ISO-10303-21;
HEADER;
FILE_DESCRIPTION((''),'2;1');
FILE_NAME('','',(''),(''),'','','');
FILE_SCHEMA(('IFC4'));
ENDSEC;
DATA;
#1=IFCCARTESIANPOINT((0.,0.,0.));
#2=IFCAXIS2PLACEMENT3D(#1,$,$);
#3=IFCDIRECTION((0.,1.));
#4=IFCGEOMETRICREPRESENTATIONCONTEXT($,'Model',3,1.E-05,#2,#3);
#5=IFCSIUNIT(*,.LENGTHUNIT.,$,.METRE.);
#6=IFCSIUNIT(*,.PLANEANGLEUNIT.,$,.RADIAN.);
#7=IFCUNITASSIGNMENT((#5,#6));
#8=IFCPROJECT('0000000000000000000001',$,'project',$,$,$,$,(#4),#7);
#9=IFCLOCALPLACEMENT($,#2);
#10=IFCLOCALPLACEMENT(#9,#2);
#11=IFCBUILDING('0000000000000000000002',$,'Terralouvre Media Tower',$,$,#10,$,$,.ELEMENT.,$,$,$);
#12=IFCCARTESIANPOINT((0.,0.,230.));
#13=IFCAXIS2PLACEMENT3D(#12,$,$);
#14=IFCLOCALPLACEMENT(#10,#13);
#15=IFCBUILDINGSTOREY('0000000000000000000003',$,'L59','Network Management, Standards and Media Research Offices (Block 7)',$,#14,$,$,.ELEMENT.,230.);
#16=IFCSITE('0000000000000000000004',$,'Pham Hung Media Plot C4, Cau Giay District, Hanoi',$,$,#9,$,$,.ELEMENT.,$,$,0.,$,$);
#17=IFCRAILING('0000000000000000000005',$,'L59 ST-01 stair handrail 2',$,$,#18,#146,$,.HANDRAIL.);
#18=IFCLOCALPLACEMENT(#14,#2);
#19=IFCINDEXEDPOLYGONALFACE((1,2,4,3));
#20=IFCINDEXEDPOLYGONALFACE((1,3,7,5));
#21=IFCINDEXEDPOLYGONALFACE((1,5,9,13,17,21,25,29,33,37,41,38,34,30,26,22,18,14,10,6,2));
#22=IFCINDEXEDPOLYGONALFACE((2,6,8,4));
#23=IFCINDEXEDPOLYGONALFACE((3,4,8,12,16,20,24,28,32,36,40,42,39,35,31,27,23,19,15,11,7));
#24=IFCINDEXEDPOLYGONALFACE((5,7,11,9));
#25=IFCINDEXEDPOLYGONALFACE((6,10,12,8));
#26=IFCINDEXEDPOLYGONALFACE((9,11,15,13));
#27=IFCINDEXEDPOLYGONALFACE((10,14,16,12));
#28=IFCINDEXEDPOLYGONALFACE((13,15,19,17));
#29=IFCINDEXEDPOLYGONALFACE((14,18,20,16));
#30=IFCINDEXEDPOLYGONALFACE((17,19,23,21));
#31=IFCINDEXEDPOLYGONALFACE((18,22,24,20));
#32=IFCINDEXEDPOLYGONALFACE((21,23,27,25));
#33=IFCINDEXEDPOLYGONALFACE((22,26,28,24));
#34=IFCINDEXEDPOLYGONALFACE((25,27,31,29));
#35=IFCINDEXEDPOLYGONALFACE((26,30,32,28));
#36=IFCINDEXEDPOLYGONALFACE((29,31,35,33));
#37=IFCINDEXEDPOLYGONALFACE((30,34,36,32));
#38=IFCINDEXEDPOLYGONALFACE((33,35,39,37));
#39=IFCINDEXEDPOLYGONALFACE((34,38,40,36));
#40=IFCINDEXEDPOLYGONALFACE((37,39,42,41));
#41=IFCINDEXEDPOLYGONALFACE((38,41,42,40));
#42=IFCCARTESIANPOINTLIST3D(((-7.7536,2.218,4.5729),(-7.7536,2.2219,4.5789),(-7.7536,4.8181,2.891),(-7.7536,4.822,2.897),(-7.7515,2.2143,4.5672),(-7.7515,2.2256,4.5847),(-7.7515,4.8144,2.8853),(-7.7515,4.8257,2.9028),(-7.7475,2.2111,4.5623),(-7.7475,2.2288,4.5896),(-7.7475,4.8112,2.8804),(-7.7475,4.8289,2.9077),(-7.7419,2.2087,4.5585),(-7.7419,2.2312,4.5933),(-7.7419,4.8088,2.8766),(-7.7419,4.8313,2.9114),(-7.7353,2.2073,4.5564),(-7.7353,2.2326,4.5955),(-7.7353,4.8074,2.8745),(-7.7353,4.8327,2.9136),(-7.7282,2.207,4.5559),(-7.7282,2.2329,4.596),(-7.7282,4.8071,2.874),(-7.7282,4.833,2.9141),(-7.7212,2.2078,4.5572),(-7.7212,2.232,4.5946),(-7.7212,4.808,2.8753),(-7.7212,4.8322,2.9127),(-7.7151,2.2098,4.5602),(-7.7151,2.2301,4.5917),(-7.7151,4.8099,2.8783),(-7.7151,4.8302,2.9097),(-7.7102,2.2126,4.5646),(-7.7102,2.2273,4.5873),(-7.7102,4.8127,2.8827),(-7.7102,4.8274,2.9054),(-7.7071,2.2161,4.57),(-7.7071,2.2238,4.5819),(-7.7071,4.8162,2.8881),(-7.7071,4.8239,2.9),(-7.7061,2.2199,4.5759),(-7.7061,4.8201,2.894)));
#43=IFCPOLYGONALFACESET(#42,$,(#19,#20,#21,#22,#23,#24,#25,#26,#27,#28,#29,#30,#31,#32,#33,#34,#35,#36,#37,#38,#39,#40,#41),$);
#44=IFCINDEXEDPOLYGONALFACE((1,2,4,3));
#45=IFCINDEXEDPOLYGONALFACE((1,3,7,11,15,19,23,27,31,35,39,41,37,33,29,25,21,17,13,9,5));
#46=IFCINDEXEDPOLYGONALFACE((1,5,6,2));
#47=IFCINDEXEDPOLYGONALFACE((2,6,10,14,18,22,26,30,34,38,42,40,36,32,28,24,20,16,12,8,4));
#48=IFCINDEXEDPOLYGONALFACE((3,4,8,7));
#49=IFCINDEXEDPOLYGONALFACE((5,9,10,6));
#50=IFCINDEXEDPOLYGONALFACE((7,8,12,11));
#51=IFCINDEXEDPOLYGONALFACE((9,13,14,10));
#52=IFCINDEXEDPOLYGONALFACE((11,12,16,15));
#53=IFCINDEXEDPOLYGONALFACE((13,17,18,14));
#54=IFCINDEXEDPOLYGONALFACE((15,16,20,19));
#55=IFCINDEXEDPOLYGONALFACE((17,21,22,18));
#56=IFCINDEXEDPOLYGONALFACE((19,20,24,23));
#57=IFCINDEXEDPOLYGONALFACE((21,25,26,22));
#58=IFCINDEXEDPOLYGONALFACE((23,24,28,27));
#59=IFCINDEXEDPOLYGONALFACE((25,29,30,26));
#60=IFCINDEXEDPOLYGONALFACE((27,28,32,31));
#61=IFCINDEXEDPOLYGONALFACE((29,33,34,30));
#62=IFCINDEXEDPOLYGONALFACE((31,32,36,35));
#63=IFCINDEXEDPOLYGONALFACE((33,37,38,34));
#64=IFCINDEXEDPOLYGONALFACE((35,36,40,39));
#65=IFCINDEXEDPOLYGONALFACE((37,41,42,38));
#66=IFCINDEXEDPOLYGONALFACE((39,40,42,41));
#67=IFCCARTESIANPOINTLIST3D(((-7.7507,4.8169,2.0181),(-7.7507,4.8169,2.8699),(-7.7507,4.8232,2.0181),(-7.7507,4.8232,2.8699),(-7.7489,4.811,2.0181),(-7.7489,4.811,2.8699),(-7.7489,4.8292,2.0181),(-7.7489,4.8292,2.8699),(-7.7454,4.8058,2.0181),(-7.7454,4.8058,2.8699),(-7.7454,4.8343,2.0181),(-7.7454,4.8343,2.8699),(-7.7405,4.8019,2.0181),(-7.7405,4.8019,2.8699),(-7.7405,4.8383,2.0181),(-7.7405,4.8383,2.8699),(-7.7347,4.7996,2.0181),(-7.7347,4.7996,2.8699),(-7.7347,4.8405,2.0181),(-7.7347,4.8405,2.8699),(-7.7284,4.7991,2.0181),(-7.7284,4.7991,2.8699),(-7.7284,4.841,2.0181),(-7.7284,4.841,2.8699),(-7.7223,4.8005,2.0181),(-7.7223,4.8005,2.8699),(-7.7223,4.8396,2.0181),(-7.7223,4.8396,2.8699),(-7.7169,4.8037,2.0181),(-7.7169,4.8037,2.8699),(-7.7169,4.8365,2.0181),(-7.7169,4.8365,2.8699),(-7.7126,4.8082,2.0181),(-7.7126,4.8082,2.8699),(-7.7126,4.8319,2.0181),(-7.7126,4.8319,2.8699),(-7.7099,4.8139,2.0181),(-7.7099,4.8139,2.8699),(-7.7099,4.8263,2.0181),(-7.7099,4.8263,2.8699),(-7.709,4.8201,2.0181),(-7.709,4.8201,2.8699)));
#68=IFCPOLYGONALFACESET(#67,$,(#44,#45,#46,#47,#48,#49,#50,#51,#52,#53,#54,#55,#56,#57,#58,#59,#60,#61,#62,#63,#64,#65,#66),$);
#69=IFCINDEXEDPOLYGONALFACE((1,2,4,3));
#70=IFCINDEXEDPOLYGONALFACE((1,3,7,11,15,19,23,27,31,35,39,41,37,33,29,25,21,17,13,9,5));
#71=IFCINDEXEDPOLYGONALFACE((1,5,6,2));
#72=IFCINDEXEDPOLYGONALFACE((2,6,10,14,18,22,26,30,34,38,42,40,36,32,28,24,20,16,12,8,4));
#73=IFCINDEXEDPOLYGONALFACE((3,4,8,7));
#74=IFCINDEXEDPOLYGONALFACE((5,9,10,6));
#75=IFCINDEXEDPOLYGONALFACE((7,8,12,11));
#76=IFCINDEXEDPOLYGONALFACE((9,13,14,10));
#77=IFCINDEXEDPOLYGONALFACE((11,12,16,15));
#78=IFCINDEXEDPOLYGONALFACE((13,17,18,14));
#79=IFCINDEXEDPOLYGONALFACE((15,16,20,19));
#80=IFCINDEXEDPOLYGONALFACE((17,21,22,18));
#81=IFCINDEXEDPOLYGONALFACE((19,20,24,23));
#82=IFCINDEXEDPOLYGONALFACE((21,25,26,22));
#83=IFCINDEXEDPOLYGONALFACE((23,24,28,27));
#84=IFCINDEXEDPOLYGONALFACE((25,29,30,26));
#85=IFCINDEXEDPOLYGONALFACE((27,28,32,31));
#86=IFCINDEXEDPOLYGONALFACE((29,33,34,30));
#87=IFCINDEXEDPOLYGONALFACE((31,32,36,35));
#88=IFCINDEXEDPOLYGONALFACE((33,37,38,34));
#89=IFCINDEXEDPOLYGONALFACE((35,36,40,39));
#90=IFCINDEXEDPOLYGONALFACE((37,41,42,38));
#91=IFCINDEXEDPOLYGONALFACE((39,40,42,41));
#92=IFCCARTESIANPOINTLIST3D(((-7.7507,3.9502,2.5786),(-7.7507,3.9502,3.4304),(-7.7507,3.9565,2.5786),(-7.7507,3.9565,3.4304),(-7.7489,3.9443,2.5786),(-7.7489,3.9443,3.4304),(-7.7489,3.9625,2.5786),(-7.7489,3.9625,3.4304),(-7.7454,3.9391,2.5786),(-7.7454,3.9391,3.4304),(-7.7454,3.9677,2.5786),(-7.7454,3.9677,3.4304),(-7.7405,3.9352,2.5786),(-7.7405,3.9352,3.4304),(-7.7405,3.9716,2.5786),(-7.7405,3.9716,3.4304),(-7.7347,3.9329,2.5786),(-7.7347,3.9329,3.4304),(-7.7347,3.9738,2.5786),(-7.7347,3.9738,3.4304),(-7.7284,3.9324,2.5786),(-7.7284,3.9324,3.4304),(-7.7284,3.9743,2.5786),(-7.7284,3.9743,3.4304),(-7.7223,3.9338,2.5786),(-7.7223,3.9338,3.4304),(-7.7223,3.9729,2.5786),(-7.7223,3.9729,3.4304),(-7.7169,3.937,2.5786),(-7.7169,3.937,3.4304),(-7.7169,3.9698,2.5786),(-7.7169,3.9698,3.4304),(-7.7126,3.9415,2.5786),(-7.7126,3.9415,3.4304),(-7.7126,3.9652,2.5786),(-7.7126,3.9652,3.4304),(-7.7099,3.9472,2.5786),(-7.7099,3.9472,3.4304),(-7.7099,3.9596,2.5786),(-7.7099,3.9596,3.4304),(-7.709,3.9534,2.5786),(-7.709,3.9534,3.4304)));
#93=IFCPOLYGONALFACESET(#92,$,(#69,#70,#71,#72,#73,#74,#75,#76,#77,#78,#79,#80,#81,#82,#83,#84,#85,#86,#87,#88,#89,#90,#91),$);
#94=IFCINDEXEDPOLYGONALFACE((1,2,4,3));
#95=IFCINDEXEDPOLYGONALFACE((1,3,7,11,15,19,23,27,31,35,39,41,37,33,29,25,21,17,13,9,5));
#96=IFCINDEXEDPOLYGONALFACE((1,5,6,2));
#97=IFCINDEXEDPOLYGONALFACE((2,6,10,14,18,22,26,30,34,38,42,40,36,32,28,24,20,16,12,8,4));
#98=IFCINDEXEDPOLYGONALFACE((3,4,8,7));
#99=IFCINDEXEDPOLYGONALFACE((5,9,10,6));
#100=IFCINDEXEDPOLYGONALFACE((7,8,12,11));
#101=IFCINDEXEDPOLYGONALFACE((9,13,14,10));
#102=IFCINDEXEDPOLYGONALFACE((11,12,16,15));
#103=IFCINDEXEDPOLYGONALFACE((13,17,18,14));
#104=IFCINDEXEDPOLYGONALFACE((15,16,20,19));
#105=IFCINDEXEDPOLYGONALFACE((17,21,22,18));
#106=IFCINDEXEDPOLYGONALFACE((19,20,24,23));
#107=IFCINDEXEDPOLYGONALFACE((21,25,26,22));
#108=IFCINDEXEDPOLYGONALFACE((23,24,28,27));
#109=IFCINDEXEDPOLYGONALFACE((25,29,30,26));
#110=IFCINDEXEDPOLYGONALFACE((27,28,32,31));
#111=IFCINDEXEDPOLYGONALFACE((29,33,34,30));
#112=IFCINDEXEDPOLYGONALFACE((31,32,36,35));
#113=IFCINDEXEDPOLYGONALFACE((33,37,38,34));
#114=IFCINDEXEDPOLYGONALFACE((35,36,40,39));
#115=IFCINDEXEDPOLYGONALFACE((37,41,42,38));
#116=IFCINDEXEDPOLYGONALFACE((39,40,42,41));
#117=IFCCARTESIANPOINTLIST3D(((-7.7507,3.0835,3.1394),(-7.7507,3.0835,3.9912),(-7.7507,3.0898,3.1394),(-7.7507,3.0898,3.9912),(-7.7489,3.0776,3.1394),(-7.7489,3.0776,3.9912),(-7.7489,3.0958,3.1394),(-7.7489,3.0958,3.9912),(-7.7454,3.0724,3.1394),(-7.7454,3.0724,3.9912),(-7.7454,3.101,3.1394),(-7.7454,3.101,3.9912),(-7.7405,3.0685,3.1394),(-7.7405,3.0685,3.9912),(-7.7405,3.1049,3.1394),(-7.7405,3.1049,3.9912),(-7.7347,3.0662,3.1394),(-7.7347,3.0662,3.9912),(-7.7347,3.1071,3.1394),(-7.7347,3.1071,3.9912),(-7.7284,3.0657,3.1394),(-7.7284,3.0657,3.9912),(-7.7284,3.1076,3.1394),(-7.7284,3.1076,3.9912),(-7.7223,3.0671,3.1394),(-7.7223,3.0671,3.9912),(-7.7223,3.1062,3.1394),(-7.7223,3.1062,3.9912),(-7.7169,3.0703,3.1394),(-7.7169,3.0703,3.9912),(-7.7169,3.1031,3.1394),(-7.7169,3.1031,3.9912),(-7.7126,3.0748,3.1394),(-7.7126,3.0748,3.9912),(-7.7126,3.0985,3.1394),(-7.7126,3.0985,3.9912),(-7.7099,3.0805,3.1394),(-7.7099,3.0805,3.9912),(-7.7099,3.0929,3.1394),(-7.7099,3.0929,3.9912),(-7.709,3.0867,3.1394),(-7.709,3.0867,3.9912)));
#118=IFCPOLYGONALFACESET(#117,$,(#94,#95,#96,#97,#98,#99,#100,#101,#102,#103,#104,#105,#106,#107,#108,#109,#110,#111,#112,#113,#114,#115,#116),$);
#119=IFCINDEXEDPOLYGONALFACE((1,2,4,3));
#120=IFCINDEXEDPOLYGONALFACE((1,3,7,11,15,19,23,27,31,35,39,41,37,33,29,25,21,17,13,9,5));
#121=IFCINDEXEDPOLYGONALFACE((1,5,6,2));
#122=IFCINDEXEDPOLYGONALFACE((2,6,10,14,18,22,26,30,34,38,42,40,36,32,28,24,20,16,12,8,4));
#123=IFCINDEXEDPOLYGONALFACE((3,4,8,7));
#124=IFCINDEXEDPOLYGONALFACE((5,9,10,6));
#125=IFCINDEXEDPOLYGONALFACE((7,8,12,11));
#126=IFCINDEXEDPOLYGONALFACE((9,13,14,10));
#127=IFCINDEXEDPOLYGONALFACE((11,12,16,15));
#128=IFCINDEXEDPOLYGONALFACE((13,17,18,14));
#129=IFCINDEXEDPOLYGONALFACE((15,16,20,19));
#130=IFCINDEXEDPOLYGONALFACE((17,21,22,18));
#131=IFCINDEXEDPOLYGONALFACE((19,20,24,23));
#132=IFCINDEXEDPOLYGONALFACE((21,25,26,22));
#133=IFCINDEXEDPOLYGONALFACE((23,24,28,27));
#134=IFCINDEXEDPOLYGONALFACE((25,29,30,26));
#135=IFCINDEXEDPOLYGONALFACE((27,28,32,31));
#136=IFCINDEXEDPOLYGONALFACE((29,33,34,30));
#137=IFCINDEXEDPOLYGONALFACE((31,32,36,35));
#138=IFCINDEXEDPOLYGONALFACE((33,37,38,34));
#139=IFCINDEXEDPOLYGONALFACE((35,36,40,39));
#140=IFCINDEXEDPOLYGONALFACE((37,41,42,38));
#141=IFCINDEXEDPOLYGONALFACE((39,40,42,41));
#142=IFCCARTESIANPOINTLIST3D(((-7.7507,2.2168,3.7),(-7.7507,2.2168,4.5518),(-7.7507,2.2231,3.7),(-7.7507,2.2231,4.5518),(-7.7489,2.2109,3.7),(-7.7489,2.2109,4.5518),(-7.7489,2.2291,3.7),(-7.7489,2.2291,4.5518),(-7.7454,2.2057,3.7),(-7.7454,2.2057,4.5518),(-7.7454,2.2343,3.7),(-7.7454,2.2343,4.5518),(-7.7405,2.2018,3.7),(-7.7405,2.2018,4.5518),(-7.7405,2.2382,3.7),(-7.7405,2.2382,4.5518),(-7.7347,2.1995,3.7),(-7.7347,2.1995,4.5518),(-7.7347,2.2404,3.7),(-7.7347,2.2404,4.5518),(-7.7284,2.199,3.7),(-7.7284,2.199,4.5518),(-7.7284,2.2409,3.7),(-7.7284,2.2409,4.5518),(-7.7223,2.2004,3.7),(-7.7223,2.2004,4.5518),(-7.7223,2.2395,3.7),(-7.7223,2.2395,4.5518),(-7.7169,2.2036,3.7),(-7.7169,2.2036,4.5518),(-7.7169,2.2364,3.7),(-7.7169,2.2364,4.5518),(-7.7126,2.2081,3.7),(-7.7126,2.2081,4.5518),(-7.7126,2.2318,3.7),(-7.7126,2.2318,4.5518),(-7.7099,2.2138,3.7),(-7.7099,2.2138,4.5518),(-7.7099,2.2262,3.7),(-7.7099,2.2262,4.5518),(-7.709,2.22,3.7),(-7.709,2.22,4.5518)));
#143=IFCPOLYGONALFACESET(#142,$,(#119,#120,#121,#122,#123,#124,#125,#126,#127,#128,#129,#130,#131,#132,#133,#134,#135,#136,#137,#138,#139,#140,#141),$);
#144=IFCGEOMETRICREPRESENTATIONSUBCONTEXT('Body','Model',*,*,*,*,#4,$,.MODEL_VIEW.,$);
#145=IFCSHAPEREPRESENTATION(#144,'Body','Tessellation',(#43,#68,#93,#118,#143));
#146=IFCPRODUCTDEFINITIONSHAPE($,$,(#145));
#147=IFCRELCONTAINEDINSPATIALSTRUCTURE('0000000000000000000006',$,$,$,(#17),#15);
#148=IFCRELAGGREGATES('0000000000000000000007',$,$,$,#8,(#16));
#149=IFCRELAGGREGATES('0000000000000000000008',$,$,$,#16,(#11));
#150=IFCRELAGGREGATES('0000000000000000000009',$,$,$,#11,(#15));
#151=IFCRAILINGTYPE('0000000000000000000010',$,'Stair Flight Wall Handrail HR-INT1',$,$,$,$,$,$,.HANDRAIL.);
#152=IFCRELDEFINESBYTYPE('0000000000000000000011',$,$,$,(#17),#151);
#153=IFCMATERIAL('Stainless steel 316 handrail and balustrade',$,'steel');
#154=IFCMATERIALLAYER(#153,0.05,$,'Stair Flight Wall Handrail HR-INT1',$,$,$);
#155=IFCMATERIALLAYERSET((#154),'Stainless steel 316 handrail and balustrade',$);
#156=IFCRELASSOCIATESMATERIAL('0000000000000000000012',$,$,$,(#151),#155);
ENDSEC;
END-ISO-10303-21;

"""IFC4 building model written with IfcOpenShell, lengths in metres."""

from ifc_helpers import new_model, si_unit, direction, frame, origin, origin_2d, place, context, subcontext, project, spatial, circle, extrude, material, layer, layer_set, type_object, element, save


model = new_model("IFC4")

# Units and contexts
model_context = context("Model", 3, precision=1e-05, world=origin(), true_north=direction((0.0, 1.0)))
body_context = subcontext(model_context, "Body", "Model", "MODEL_VIEW")
ifc_project = project(units=[si_unit("LENGTHUNIT", "METRE"), si_unit("PLANEANGLEUNIT", "RADIAN")], contexts=[model_context])

# Site, building, storey
site_placement = place(None, origin())
site = spatial("IfcSite", under=ifc_project, at=site_placement, Name="Pham Hung Media Plot C4, Cau Giay District, Hanoi", CompositionType="ELEMENT", RefElevation=0.0)
building_placement = place(site_placement, origin())
building = spatial("IfcBuilding", under=site, at=building_placement, Name="Terralouvre Media Tower", CompositionType="ELEMENT")
storey_placement = place(building_placement, frame((0.0, 0.0, 230.0)))
storey = spatial("IfcBuildingStorey", under=building, at=storey_placement, Name="L59", Description="Network Management, Standards and Media Research Offices (Block 7)", CompositionType="ELEMENT", Elevation=230.0)

# Railing
ifc_material_1 = material(Name="Stainless steel 316 handrail and balustrade", Category="steel")
ifc_layer_1 = layer(ifc_material_1, 0.05, Name="Stair Flight Wall Handrail HR-INT1")
ifc_layer_set_1 = layer_set([ifc_layer_1], Name="Stainless steel 316 handrail and balustrade")
railing_type_1 = type_object("IfcRailingType", Name="Stair Flight Wall Handrail HR-INT1", PredefinedType="HANDRAIL", material=ifc_layer_set_1)
railing_1_placement = place(storey_placement, frame((-7.73, 4.8201, 2.0181)))
element("IfcRailing", 1, at=railing_1_placement, inside=storey, type_object=railing_type_1, Name="L59 ST-01 stair handrail 2", PredefinedType="HANDRAIL", context=body_context, shape_type="SweptSolid", body=[
    extrude(circle(Radius=0.0239, at=origin_2d()), frame((0.0, 0.0, 0.876), z_axis=(0.0, -0.839648, 0.54313), x_axis=(1.0, 0.0, 0.0)), (0.0, 0.0, 1.0), 3.0967),
    extrude(circle(Radius=0.021, at=origin_2d()), origin(), (0.0, 0.0, 1.0), 0.8518),
    extrude(circle(Radius=0.021, at=origin_2d()), frame((0.0, -0.8667, 0.5605)), (0.0, 0.0, 1.0), 0.8518),
    extrude(circle(Radius=0.021, at=origin_2d()), frame((0.0, -1.7334, 1.1213)), (0.0, 0.0, 1.0), 0.8518),
    extrude(circle(Radius=0.021, at=origin_2d()), frame((0.0, -2.6001, 1.6819)), (0.0, 0.0, 1.0), 0.8518),
])

save(model, "model.ifc")
